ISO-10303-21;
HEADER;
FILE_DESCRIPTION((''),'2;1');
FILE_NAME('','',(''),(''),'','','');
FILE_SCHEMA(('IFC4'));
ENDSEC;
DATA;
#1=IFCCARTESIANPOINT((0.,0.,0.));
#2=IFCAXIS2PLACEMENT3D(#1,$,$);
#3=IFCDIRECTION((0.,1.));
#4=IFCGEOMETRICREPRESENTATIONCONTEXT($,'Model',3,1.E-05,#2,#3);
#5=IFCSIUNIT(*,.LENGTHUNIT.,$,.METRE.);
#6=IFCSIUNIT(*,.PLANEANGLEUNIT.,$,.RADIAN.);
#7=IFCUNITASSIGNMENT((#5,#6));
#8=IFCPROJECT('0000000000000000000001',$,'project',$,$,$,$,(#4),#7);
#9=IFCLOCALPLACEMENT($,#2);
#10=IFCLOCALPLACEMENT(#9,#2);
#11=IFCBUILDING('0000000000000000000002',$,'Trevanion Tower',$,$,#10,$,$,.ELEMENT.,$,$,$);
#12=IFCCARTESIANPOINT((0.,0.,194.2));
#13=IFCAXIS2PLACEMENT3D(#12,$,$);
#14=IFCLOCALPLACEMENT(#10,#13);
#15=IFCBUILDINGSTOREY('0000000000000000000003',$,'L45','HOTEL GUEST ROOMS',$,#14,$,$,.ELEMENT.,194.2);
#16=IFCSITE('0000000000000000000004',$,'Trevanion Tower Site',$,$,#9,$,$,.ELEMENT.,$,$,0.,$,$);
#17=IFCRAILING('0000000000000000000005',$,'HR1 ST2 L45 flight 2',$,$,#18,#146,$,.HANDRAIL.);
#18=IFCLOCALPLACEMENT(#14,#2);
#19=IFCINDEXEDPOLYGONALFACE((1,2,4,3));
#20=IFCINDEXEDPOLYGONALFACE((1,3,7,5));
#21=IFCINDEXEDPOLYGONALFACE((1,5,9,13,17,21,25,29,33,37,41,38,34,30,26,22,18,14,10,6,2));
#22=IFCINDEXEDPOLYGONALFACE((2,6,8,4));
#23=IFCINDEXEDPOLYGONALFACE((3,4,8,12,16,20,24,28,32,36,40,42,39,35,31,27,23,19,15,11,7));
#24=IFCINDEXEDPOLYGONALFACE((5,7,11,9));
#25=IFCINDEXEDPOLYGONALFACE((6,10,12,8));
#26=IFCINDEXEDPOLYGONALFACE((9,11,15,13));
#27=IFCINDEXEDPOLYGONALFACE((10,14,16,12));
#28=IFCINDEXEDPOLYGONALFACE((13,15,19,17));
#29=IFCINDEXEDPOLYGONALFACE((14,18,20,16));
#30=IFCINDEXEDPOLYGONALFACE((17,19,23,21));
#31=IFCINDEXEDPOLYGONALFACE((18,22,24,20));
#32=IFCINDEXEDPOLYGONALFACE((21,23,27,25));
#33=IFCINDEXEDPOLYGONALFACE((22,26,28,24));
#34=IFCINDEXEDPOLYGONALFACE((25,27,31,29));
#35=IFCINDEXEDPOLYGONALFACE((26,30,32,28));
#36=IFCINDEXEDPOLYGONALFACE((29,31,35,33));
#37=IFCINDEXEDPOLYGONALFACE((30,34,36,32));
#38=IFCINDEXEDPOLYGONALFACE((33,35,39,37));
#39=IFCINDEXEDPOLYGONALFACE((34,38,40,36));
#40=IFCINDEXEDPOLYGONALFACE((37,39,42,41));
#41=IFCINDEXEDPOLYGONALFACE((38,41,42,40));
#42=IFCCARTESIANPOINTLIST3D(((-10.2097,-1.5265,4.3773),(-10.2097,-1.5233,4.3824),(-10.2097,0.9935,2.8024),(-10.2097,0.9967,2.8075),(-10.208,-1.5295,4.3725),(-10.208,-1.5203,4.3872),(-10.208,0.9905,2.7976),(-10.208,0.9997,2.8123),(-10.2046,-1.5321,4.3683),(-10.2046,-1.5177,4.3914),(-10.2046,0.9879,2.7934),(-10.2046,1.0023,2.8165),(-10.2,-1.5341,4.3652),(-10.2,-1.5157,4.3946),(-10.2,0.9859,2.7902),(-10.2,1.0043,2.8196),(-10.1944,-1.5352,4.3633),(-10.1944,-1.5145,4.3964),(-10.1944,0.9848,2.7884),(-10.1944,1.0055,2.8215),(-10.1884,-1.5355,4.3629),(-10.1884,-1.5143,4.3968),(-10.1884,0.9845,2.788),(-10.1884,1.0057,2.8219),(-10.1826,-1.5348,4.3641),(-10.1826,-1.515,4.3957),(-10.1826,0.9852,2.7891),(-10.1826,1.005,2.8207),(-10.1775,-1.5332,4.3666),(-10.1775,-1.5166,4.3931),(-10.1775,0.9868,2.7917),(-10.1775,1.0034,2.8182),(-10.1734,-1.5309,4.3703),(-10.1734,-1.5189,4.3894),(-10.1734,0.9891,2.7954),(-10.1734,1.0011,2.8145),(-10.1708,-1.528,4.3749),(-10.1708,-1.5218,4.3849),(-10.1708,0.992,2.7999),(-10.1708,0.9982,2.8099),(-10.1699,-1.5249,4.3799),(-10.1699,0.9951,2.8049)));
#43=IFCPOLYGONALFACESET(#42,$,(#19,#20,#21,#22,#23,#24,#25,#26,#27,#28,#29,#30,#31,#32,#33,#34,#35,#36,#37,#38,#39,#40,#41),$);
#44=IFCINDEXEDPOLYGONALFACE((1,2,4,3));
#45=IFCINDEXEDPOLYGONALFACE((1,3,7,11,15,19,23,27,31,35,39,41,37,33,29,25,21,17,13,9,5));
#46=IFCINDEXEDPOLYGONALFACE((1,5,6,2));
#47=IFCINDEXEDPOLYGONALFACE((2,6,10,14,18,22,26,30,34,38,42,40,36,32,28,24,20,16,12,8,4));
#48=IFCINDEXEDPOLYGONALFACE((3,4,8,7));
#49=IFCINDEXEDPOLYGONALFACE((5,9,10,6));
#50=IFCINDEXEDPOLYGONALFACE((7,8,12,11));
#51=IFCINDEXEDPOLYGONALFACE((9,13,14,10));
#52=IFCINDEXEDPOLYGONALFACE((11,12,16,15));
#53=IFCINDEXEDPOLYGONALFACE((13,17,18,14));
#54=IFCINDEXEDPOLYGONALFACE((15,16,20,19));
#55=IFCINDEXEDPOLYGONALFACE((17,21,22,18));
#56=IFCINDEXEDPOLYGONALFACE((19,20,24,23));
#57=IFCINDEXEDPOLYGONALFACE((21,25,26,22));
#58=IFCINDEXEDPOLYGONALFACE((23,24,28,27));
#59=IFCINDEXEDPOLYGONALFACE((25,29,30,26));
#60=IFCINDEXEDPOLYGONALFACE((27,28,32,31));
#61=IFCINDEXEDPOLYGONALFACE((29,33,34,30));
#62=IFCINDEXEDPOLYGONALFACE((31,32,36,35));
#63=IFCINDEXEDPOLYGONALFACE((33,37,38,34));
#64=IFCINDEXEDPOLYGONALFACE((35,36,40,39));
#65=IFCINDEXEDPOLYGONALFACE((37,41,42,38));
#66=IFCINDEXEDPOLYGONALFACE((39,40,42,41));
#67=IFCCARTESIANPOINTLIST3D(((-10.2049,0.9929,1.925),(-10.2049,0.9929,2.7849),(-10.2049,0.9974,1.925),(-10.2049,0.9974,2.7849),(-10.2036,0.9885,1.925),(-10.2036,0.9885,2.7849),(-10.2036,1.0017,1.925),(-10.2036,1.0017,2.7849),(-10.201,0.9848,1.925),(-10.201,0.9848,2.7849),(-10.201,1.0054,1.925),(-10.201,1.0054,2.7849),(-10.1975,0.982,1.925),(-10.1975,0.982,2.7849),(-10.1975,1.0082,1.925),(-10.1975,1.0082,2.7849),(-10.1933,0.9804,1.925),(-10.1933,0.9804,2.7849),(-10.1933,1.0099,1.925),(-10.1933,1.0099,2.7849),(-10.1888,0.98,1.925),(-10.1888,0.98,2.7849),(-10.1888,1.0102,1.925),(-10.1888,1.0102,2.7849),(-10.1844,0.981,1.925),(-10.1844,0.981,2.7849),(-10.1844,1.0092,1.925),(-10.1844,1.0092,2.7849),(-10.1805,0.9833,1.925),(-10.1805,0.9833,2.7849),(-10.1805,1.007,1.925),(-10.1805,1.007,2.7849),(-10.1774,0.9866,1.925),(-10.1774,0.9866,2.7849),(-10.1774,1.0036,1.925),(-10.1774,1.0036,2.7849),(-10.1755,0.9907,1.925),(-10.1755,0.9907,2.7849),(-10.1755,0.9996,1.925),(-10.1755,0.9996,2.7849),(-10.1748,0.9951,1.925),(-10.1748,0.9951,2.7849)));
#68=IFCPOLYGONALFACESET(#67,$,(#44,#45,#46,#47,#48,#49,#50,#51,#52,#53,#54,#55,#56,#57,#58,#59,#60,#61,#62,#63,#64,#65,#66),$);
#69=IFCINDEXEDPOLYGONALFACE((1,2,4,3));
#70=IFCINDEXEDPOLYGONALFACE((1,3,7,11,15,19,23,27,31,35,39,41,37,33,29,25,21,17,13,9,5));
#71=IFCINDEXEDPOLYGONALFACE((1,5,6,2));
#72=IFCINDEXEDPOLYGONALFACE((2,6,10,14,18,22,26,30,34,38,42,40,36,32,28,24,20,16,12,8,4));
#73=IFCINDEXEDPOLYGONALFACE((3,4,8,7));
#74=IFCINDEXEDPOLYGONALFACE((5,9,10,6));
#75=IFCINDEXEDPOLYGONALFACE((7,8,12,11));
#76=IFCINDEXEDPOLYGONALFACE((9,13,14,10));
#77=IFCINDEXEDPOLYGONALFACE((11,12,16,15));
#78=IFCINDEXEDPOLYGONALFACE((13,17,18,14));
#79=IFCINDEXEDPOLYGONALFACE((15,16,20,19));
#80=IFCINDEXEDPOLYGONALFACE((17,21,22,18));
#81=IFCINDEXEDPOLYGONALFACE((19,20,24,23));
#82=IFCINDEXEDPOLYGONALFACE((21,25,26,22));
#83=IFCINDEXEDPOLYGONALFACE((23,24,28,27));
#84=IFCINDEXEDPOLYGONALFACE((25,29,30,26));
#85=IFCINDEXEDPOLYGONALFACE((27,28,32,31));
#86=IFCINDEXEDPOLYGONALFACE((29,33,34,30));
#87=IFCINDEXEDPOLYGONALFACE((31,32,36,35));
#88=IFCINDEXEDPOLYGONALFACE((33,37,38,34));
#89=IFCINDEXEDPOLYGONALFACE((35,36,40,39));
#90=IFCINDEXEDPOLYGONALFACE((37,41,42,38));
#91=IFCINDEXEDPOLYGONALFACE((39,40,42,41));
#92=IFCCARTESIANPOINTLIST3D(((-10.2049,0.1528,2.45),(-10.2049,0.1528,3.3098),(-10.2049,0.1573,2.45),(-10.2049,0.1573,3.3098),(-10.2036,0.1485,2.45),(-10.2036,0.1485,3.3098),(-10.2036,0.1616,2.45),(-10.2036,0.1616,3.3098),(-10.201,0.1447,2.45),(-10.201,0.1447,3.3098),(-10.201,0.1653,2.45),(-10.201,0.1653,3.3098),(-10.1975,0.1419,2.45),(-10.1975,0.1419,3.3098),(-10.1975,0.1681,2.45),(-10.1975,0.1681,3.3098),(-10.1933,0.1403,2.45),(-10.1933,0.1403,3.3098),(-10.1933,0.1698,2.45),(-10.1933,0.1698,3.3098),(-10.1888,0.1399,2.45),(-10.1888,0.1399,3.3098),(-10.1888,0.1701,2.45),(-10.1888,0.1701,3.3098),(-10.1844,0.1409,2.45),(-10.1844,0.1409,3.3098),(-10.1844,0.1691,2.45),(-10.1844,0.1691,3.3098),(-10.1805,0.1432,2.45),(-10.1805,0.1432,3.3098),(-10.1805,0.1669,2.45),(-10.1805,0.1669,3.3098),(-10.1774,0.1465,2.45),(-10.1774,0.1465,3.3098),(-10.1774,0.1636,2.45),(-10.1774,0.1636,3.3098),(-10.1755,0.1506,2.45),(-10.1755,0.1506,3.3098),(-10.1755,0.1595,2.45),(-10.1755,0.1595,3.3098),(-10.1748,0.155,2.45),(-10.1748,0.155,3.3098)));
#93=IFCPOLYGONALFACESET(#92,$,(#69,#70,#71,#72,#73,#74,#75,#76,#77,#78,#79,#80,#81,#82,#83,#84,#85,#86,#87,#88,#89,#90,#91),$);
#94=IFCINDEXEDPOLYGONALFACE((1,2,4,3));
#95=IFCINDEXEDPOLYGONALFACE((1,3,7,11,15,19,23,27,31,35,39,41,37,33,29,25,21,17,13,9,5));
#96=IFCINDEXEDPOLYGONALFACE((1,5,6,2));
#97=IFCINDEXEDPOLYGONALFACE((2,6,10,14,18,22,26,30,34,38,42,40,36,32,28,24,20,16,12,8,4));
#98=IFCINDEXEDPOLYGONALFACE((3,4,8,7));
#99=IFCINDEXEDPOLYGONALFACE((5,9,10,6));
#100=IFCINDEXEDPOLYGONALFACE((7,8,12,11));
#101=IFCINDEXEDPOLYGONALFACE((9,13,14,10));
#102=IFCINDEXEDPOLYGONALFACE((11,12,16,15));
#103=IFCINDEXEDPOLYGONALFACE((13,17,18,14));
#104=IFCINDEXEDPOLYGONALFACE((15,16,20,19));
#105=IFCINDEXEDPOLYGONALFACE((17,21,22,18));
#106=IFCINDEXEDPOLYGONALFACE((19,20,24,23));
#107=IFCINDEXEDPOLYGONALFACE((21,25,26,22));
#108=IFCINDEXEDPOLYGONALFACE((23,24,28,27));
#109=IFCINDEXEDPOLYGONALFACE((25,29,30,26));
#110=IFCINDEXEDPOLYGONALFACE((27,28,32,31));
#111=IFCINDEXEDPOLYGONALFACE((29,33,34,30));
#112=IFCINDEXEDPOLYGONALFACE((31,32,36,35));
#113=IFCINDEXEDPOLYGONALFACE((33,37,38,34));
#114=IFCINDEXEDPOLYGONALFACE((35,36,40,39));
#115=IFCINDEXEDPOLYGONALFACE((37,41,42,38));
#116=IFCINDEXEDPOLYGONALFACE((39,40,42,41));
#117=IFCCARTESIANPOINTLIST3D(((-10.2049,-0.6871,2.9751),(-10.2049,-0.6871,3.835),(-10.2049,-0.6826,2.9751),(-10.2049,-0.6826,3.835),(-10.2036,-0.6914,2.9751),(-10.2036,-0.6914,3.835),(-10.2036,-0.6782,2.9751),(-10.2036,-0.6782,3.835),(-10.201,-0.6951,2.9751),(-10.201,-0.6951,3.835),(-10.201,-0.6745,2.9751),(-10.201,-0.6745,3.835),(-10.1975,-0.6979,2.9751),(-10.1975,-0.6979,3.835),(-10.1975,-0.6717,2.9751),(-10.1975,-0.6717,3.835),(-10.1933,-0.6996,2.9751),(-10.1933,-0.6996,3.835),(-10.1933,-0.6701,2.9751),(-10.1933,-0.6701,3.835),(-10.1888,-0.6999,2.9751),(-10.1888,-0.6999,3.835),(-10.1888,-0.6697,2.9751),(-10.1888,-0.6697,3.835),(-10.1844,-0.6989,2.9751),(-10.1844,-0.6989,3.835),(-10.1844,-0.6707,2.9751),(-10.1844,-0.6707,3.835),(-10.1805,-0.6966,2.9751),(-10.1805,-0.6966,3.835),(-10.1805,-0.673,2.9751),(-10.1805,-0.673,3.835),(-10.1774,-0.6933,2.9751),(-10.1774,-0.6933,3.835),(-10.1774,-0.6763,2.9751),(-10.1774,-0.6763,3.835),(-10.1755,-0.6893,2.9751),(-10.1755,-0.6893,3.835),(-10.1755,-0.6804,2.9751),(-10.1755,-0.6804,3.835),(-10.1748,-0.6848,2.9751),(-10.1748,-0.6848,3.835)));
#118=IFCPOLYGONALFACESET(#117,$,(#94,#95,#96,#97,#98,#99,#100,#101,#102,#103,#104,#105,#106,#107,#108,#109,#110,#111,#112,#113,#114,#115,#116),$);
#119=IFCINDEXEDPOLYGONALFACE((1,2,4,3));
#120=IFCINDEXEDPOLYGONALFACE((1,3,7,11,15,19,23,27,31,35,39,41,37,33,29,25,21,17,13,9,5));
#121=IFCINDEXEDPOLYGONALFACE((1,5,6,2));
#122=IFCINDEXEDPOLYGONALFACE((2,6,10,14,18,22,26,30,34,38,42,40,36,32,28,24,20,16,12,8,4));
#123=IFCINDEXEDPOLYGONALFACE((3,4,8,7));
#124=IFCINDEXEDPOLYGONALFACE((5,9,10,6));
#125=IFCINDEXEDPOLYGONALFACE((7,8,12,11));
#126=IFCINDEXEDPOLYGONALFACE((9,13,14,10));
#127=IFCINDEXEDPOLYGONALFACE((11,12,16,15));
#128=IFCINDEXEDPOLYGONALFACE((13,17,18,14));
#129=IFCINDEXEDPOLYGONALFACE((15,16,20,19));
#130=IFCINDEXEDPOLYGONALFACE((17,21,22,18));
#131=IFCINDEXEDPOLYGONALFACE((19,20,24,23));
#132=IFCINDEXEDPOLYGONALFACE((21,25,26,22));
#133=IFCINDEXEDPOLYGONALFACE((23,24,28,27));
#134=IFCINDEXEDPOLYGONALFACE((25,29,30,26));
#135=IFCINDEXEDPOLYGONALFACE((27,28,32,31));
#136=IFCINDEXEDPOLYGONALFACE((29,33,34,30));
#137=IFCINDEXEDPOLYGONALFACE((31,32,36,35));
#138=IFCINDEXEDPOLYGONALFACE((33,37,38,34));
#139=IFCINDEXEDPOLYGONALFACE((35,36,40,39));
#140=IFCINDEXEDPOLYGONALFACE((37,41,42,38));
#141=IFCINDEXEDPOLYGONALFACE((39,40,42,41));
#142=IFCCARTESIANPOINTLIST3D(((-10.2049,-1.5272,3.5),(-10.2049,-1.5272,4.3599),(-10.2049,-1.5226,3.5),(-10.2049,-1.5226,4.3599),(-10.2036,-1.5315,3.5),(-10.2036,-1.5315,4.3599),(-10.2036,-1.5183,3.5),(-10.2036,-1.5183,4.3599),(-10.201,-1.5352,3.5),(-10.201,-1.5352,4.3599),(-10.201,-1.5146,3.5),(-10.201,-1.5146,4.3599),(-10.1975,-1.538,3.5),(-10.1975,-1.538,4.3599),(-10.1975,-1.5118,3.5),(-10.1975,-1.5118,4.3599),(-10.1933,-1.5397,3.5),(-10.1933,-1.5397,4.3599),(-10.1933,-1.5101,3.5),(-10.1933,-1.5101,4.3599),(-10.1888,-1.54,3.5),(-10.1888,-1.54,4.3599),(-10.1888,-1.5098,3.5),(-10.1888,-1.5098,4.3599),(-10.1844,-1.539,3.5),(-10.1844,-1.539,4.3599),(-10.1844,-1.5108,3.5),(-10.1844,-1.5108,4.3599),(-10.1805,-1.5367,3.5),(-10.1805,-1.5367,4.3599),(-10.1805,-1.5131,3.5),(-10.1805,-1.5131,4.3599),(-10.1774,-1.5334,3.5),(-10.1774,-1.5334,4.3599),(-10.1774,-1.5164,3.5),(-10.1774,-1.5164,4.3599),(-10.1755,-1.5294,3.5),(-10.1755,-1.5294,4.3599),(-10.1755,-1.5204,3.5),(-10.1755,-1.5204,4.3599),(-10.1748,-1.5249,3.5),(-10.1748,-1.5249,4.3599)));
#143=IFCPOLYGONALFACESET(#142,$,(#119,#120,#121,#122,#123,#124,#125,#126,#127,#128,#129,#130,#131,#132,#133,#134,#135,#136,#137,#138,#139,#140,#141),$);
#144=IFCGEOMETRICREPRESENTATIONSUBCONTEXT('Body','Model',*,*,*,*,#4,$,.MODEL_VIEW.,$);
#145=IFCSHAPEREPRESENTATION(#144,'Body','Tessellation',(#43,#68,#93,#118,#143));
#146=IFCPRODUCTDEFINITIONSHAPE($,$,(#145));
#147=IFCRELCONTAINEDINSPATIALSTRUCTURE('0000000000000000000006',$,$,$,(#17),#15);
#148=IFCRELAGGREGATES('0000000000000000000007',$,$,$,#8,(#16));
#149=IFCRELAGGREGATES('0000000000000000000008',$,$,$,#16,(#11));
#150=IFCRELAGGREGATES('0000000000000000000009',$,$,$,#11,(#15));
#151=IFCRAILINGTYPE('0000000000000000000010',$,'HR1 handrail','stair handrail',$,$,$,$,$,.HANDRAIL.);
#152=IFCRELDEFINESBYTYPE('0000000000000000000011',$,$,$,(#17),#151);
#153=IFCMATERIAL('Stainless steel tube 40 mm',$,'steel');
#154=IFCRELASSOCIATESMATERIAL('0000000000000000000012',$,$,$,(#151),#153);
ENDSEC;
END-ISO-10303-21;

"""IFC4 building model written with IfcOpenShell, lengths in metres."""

from ifc_helpers import new_model, si_unit, direction, frame, origin, origin_2d, place, context, subcontext, project, spatial, circle, extrude, material, type_object, element, save


model = new_model("IFC4")

# Units and contexts
model_context = context("Model", 3, precision=1e-05, world=origin(), true_north=direction((0.0, 1.0)))
body_context = subcontext(model_context, "Body", "Model", "MODEL_VIEW")
ifc_project = project(units=[si_unit("LENGTHUNIT", "METRE"), si_unit("PLANEANGLEUNIT", "RADIAN")], contexts=[model_context])

# Site, building, storey
site_placement = place(None, origin())
site = spatial("IfcSite", under=ifc_project, at=site_placement, Name="Trevanion Tower Site", CompositionType="ELEMENT", RefElevation=0.0)
building_placement = place(site_placement, origin())
building = spatial("IfcBuilding", under=site, at=building_placement, Name="Trevanion Tower", CompositionType="ELEMENT")
storey_placement = place(building_placement, frame((0.0, 0.0, 194.2)))
storey = spatial("IfcBuildingStorey", under=building, at=storey_placement, Name="L45", Description="HOTEL GUEST ROOMS", CompositionType="ELEMENT", Elevation=194.2)

# Railing
ifc_material_1 = material(Name="Stainless steel tube 40 mm", Category="steel")
railing_type = type_object("IfcRailingType", Name="HR1 handrail", Description="stair handrail", PredefinedType="HANDRAIL", material=ifc_material_1)
railing_placement = place(storey_placement, frame((-10.1899, 0.9951, 1.925)))
element("IfcRailing", 1, at=railing_placement, inside=storey, type_object=railing_type, Name="HR1 ST2 L45 flight 2", PredefinedType="HANDRAIL", context=body_context, shape_type="SweptSolid", body=[
    extrude(circle(Radius=0.02, at=origin_2d()), frame((0.0, 0.0, 0.8799), z_axis=(0.0, -0.848008, 0.529984), x_axis=(1.0, 0.0, 0.0)), (0.0, 0.0, 1.0), 2.9717),
    extrude(circle(Radius=0.0151, at=origin_2d()), origin(), (0.0, 0.0, 1.0), 0.8599),
    extrude(circle(Radius=0.0151, at=origin_2d()), frame((0.0, -0.8401, 0.5249)), (0.0, 0.0, 1.0), 0.8599),
    extrude(circle(Radius=0.0151, at=origin_2d()), frame((0.0, -1.6799, 1.05)), (0.0, 0.0, 1.0), 0.8599),
    extrude(circle(Radius=0.0151, at=origin_2d()), frame((0.0, -2.52, 1.575)), (0.0, 0.0, 1.0), 0.8599),
])

save(model, "model.ifc")
